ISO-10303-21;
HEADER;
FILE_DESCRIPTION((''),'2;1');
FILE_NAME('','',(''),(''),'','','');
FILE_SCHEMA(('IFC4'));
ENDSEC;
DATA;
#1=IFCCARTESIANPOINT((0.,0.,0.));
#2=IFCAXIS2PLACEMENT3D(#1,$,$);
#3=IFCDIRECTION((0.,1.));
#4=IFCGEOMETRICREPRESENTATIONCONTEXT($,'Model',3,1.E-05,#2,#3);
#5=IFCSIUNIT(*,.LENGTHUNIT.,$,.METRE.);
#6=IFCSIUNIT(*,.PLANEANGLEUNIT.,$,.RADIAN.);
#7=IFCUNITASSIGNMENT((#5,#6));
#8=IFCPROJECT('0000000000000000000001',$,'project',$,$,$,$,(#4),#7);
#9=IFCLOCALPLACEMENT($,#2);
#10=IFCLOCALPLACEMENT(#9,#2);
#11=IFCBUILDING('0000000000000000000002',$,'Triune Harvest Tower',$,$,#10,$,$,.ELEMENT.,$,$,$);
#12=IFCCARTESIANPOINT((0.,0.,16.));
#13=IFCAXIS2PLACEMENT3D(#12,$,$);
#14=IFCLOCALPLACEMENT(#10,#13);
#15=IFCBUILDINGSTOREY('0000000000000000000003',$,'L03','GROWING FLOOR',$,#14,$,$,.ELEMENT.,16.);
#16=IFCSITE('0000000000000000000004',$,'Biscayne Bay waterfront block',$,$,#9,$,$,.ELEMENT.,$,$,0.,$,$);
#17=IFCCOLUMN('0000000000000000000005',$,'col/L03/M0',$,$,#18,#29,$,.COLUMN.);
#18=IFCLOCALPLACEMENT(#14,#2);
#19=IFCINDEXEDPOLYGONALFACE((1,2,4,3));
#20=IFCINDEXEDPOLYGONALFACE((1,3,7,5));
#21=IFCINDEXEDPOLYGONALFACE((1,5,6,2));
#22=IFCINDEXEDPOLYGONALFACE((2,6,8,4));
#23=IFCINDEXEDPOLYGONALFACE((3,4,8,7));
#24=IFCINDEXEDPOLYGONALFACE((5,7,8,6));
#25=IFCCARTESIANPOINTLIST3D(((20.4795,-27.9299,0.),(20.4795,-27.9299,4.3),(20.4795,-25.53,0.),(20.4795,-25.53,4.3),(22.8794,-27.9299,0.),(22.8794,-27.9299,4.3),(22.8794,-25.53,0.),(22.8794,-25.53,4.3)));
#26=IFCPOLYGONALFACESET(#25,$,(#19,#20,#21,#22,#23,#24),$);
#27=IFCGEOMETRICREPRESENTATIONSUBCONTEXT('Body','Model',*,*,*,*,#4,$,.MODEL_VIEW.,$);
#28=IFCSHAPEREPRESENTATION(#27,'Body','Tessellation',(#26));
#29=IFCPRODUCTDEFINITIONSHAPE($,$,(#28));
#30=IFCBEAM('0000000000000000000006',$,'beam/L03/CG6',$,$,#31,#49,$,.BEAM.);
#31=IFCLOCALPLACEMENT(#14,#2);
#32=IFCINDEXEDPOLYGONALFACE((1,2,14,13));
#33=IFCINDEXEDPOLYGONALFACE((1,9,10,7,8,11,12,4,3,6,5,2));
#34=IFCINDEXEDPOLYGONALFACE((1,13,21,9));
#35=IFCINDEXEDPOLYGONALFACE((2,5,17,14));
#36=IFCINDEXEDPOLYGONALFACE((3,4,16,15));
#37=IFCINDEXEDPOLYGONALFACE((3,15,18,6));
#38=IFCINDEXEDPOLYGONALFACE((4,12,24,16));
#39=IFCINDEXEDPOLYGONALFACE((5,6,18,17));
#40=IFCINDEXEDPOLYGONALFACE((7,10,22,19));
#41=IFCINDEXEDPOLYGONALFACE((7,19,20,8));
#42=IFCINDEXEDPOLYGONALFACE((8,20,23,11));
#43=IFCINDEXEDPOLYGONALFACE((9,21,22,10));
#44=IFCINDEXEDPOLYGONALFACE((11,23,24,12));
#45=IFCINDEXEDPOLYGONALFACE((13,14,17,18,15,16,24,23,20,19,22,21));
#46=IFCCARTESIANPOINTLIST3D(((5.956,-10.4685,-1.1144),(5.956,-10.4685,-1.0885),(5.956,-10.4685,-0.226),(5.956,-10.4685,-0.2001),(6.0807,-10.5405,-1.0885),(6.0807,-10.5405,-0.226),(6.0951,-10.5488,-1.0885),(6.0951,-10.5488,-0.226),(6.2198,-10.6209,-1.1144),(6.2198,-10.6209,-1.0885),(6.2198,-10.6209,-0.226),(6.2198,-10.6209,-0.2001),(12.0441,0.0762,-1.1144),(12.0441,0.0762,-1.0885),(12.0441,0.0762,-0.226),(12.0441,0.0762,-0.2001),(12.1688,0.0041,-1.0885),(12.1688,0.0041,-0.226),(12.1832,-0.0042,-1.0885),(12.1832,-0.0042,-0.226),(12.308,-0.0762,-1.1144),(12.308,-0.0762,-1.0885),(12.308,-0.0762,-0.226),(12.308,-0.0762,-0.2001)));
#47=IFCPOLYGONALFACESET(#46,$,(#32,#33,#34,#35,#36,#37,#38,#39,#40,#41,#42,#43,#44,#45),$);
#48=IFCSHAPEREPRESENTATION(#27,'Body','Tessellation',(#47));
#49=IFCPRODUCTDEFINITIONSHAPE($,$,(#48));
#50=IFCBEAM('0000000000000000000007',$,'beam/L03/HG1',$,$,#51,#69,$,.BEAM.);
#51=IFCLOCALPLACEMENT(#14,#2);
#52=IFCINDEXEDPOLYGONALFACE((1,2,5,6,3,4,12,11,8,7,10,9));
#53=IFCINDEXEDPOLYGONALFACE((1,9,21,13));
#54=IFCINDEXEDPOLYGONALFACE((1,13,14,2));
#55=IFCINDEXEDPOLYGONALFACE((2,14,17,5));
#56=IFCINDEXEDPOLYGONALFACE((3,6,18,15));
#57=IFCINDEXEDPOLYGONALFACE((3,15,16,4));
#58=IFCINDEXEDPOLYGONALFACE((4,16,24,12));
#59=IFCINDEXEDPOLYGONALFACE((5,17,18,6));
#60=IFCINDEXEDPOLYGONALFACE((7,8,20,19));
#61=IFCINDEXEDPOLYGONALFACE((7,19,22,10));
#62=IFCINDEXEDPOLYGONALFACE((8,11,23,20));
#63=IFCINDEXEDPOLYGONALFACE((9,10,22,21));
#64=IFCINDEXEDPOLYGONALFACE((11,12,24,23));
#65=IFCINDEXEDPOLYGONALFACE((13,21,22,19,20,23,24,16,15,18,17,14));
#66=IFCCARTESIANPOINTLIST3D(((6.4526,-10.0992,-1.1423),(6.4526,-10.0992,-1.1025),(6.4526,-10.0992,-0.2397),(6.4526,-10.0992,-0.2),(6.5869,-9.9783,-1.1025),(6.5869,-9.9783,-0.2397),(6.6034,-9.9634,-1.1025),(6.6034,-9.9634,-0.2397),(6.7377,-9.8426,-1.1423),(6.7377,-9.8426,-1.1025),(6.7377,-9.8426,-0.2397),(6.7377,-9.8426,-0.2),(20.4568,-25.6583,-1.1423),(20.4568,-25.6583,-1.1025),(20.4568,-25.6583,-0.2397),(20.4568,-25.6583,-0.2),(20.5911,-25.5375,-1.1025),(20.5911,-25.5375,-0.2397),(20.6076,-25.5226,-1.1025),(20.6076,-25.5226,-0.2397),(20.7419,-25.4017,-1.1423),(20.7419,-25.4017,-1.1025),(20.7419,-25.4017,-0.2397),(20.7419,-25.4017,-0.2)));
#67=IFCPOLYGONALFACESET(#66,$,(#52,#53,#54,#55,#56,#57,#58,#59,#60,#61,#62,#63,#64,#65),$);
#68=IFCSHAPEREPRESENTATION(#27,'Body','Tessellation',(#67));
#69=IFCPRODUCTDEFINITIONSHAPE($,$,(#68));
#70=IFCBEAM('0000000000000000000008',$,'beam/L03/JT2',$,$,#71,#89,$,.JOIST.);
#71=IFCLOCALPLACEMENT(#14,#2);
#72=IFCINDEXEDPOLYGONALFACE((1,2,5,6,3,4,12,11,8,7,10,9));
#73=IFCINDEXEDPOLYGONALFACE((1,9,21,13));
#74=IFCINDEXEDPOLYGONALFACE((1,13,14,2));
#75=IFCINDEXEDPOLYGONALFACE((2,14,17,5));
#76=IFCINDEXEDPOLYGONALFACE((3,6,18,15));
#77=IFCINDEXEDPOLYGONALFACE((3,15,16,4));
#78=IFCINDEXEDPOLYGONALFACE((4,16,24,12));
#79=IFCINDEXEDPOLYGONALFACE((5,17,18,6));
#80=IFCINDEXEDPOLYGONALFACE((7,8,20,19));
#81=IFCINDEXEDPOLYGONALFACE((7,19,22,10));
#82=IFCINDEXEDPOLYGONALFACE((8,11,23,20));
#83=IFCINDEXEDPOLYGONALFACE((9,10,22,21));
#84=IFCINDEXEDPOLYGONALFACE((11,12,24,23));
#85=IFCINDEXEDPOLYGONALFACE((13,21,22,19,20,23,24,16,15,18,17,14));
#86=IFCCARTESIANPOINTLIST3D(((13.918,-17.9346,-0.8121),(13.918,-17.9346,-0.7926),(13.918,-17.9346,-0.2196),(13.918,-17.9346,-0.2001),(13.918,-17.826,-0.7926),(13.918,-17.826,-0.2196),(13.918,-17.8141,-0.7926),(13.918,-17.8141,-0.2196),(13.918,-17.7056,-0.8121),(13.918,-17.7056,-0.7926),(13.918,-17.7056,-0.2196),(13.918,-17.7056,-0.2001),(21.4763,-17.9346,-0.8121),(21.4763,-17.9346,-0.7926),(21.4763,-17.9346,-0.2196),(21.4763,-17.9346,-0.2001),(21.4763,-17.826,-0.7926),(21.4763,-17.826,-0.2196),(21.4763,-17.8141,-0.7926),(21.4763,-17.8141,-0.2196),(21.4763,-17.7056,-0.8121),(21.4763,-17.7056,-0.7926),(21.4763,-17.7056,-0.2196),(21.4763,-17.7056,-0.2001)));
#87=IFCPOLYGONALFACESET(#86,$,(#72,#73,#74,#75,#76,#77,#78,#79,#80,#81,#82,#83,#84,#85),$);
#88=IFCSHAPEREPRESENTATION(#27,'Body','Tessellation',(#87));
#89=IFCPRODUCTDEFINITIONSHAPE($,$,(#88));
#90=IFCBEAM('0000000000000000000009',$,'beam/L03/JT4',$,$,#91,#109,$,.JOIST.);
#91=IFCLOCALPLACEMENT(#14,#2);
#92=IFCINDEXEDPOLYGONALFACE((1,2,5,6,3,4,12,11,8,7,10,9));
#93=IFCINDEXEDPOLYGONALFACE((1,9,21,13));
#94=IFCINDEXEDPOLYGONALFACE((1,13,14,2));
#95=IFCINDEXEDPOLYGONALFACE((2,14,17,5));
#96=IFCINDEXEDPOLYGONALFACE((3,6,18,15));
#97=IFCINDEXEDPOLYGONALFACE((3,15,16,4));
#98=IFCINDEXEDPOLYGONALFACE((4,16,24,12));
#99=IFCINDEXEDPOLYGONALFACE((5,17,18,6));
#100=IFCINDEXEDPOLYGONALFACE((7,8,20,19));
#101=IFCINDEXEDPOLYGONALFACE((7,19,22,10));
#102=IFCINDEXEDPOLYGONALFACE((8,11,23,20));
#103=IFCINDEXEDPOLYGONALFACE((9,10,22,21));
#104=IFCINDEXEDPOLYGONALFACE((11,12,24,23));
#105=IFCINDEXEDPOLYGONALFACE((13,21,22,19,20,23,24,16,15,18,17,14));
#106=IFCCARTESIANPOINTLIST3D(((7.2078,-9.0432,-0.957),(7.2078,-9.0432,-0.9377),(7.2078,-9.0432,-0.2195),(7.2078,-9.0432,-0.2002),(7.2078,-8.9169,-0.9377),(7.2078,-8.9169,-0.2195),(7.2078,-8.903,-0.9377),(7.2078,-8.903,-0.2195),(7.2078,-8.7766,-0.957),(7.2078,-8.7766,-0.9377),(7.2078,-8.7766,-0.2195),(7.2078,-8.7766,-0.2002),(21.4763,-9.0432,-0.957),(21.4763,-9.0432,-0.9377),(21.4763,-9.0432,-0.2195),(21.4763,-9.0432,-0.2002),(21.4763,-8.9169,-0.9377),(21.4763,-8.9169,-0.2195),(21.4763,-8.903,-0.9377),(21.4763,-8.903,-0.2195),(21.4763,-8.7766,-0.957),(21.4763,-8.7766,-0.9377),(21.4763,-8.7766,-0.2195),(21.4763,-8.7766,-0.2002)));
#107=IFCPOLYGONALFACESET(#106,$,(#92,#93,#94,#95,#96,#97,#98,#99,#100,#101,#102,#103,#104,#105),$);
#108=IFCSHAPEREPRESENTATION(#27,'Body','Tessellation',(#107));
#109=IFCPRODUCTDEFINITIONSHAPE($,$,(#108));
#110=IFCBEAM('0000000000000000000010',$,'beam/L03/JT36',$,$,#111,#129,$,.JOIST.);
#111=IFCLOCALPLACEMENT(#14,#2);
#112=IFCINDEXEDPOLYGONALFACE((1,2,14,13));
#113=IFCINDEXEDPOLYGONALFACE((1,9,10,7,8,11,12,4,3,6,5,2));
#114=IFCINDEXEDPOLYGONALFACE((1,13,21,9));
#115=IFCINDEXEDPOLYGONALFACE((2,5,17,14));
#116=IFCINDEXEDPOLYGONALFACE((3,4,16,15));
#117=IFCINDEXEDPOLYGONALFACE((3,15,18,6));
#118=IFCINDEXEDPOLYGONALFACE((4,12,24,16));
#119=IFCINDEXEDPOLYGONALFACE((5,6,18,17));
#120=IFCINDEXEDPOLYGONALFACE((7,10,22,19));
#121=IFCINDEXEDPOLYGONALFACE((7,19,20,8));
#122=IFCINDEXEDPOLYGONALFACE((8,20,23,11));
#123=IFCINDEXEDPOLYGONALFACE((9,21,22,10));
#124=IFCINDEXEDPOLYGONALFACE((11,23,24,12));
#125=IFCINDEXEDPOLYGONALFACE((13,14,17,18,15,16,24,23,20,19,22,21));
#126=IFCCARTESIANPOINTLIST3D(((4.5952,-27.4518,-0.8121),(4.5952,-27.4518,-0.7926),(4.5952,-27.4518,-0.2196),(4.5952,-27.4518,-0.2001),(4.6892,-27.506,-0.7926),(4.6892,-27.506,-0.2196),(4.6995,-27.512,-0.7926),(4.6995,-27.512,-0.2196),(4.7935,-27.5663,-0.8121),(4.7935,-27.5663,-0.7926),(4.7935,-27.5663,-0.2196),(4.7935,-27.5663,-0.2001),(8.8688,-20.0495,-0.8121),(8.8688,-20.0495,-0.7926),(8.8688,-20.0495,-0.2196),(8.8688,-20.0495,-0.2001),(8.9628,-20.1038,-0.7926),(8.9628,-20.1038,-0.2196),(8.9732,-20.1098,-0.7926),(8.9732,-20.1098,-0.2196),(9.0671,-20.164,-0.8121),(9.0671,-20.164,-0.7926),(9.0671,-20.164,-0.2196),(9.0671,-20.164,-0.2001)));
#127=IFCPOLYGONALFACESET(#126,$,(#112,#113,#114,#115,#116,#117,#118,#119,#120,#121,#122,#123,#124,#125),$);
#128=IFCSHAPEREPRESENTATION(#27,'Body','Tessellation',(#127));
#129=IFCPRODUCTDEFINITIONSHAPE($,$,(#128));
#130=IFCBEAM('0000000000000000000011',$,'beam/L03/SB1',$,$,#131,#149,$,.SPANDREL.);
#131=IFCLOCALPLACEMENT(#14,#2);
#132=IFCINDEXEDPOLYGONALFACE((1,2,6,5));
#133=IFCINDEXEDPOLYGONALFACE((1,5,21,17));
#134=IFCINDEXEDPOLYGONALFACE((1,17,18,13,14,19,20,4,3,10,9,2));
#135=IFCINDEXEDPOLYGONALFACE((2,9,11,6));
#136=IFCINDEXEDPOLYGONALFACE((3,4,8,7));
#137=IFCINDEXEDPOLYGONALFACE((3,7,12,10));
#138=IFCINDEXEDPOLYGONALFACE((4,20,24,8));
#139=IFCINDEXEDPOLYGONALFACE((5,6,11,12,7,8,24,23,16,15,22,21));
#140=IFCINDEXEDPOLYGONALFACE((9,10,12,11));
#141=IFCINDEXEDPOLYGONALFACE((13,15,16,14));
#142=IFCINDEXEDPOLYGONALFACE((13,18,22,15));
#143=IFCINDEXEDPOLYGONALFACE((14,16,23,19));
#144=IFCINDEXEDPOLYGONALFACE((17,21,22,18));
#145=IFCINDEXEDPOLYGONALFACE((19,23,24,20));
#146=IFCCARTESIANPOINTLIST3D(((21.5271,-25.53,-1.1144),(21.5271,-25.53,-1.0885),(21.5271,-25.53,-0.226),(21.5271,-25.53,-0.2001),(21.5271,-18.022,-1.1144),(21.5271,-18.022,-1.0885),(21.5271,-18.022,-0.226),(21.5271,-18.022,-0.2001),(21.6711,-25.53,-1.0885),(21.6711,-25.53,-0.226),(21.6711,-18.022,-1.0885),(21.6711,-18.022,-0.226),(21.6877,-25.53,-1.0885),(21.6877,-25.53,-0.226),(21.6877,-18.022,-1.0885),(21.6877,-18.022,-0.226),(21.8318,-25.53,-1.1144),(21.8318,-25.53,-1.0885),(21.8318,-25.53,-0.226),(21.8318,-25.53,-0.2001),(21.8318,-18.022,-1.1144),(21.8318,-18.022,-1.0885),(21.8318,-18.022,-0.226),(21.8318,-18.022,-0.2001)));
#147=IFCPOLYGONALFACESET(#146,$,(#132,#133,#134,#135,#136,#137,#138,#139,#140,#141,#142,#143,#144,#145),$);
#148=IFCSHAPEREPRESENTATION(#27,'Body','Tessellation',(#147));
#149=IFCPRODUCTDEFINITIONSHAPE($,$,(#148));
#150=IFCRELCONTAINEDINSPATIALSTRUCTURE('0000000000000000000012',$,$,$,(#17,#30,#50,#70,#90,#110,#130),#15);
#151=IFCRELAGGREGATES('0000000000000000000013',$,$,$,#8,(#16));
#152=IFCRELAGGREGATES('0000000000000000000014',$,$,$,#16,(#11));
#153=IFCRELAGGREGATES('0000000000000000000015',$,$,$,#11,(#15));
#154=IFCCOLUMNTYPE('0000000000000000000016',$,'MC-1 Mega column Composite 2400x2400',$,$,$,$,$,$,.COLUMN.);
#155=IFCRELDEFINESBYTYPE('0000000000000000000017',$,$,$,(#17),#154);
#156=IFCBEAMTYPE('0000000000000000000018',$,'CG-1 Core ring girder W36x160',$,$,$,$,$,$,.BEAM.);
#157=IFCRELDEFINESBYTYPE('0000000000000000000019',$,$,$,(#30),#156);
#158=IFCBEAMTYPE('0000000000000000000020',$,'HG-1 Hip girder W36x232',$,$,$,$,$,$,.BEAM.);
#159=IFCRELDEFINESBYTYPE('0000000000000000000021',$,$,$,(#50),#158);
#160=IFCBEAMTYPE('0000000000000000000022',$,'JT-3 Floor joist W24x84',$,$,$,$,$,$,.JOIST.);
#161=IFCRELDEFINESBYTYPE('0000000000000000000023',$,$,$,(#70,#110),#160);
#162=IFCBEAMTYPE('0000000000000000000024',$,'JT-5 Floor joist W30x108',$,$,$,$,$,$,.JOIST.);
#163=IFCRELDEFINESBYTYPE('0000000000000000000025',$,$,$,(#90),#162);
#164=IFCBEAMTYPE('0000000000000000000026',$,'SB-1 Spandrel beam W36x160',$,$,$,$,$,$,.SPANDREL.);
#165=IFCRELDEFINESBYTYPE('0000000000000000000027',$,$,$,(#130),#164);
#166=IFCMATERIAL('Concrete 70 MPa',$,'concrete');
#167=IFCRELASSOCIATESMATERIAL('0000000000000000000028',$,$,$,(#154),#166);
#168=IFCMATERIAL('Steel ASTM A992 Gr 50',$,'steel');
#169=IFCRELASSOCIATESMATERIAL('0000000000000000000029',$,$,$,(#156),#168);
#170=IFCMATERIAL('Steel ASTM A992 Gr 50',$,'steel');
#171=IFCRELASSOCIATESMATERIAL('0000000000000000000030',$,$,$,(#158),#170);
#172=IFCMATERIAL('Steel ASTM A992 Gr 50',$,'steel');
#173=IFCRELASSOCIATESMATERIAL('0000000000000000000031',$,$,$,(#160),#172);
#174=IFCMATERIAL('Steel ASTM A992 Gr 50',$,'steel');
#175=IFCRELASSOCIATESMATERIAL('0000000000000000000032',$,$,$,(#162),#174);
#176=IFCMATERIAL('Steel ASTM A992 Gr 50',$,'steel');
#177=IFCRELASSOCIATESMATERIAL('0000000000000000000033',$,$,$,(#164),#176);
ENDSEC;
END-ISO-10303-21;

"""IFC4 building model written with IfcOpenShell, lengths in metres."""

from ifc_helpers import new_model, si_unit, direction, frame, origin, origin_2d, place, context, subcontext, project, spatial, rectangle, i_section, extrude, source, transform, mapped, material, material_profile, profile_set, type_object, element, save


model = new_model("IFC4")

# Units and contexts
model_context = context("Model", 3, precision=1e-05, world=origin(), true_north=direction((0.0, 1.0)))
body_context = subcontext(model_context, "Body", "Model", "MODEL_VIEW")
ifc_project = project(units=[si_unit("LENGTHUNIT", "METRE"), si_unit("PLANEANGLEUNIT", "RADIAN")], contexts=[model_context])

# Site, building, storey
site_placement = place(None, origin())
site = spatial("IfcSite", under=ifc_project, at=site_placement, Name="Biscayne Bay waterfront block", CompositionType="ELEMENT", RefElevation=0.0)
building_placement = place(site_placement, origin())
building = spatial("IfcBuilding", under=site, at=building_placement, Name="Triune Harvest Tower", CompositionType="ELEMENT")
storey_placement = place(building_placement, frame((0.0, 0.0, 16.0)))
storey = spatial("IfcBuildingStorey", under=building, at=storey_placement, Name="L03", Description="GROWING FLOOR", CompositionType="ELEMENT", Elevation=16.0)

# Column
ifc_material_1 = material(Name="Concrete 70 MPa", Category="concrete")
ifc_material_profile_1 = material_profile(ifc_material_1, rectangle(XDim=2.3999, YDim=2.3999, at=origin_2d()), Name="Composite 2400x2400")
ifc_profile_set_1 = profile_set([ifc_material_profile_1], Name="Concrete 70 MPa")
column_type = type_object("IfcColumnType", Name="MC-1 Mega column Composite 2400x2400", PredefinedType="COLUMN", material=ifc_profile_set_1)
shared_shape_1 = source(origin(), body_context, "Body", "SweptSolid", [
    extrude(rectangle(XDim=2.3999, YDim=2.3999, at=origin_2d()), origin(), (0.0, 0.0, 1.0), 4.3),
])
column_placement = place(storey_placement, frame((21.6794, -26.73, 0.0), z_axis=(0.0, 0.0, 1.0), x_axis=(0.0, 1.0, 0.0)))
element("IfcColumn", 1, at=column_placement, inside=storey, type_object=column_type, Name="col/L03/M0", PredefinedType="COLUMN", context=body_context, shape_type="MappedRepresentation", body=[
    mapped(shared_shape_1, transform((0.0, 0.0, 0.0), scale=1.0)),
])

# Beams
ifc_material_2 = material(Name="Steel ASTM A992 Gr 50", Category="steel")
ifc_material_profile_2 = material_profile(ifc_material_2, i_section(OverallWidth=0.3047, OverallDepth=0.9143, WebThickness=0.0166, FlangeThickness=0.0259, at=origin_2d()), Name="W36x160")
ifc_profile_set_2 = profile_set([ifc_material_profile_2], Name="Steel ASTM A992 Gr 50")
beam_type_1 = type_object("IfcBeamType", Name="CG-1 Core ring girder W36x160", PredefinedType="BEAM", material=ifc_profile_set_2)
shared_shape_2 = source(origin(), body_context, "Body", "SweptSolid", [
    extrude(i_section(OverallWidth=0.3047, OverallDepth=0.9143, WebThickness=0.0166, FlangeThickness=0.0259, at=origin_2d()), origin(), (0.0, 0.0, 1.0), 12.176),
])
beam_1_placement = place(storey_placement, frame((6.0879, -10.5447, -0.6572), z_axis=(0.50001, 0.86602, 0.0), x_axis=(-0.86602, 0.50001, 0.0)))
element("IfcBeam", 2, at=beam_1_placement, inside=storey, type_object=beam_type_1, Name="beam/L03/CG6", PredefinedType="BEAM", context=body_context, shape_type="MappedRepresentation", body=[
    mapped(shared_shape_2, transform((0.0, 0.0, 0.0), scale=1.0)),
])
ifc_material_3 = material(Name="Steel ASTM A992 Gr 50", Category="steel")
ifc_material_profile_3 = material_profile(ifc_material_3, i_section(OverallWidth=0.3835, OverallDepth=0.9424, WebThickness=0.0222, FlangeThickness=0.0398, at=origin_2d()), Name="W36x232")
ifc_profile_set_3 = profile_set([ifc_material_profile_3], Name="Steel ASTM A992 Gr 50")
beam_type_2 = type_object("IfcBeamType", Name="HG-1 Hip girder W36x232", PredefinedType="BEAM", material=ifc_profile_set_3)
shared_shape_3 = source(origin(), body_context, "Body", "SweptSolid", [
    extrude(i_section(OverallWidth=0.3835, OverallDepth=0.9424, WebThickness=0.0222, FlangeThickness=0.0398, at=origin_2d()), origin(), (0.0, 0.0, 1.0), 20.9333),
])
beam_2_placement = place(storey_placement, frame((20.5994, -25.53, -0.6711), z_axis=(-0.668991, 0.743271, 0.0), x_axis=(-0.743271, -0.668991, 0.0)))
element("IfcBeam", 3, at=beam_2_placement, inside=storey, type_object=beam_type_2, Name="beam/L03/HG1", PredefinedType="BEAM", context=body_context, shape_type="MappedRepresentation", body=[
    mapped(shared_shape_3, transform((0.0, 0.0, 0.0), scale=1.0)),
])
ifc_material_4 = material(Name="Steel ASTM A992 Gr 50", Category="steel")
ifc_material_profile_4 = material_profile(ifc_material_4, i_section(OverallWidth=0.229, OverallDepth=0.6121, WebThickness=0.012, FlangeThickness=0.0195, at=origin_2d()), Name="W24x84")
ifc_profile_set_4 = profile_set([ifc_material_profile_4], Name="Steel ASTM A992 Gr 50")
beam_type_3 = type_object("IfcBeamType", Name="JT-3 Floor joist W24x84", PredefinedType="JOIST", material=ifc_profile_set_4)
shared_shape_4 = source(origin(), body_context, "Body", "SweptSolid", [
    extrude(i_section(OverallWidth=0.229, OverallDepth=0.6121, WebThickness=0.012, FlangeThickness=0.0195, at=origin_2d()), origin(), (0.0, 0.0, 1.0), 7.5583),
])
beam_3_placement = place(storey_placement, frame((21.4763, -17.8201, -0.5061), z_axis=(-1.0, 0.0, 0.0), x_axis=(0.0, -1.0, 0.0)))
element("IfcBeam", 4, at=beam_3_placement, inside=storey, type_object=beam_type_3, Name="beam/L03/JT2", PredefinedType="JOIST", context=body_context, shape_type="MappedRepresentation", body=[
    mapped(shared_shape_4, transform((0.0, 0.0, 0.0), scale=1.0)),
])
ifc_material_5 = material(Name="Steel ASTM A992 Gr 50", Category="steel")
ifc_material_profile_5 = material_profile(ifc_material_5, i_section(OverallWidth=0.2666, OverallDepth=0.7568, WebThickness=0.0139, FlangeThickness=0.0193, at=origin_2d()), Name="W30x108")
ifc_profile_set_5 = profile_set([ifc_material_profile_5], Name="Steel ASTM A992 Gr 50")
beam_type_4 = type_object("IfcBeamType", Name="JT-5 Floor joist W30x108", PredefinedType="JOIST", material=ifc_profile_set_5)
shared_shape_5 = source(origin(), body_context, "Body", "SweptSolid", [
    extrude(i_section(OverallWidth=0.2666, OverallDepth=0.7568, WebThickness=0.0139, FlangeThickness=0.0193, at=origin_2d()), origin(), (0.0, 0.0, 1.0), 14.2686),
])
beam_4_placement = place(storey_placement, frame((21.4763, -8.9099, -0.5786), z_axis=(-1.0, 0.0, 0.0), x_axis=(0.0, -1.0, 0.0)))
element("IfcBeam", 5, at=beam_4_placement, inside=storey, type_object=beam_type_4, Name="beam/L03/JT4", PredefinedType="JOIST", context=body_context, shape_type="MappedRepresentation", body=[
    mapped(shared_shape_5, transform((0.0, 0.0, 0.0), scale=1.0)),
])
shared_shape_6 = source(origin(), body_context, "Body", "SweptSolid", [
    extrude(i_section(OverallWidth=0.229, OverallDepth=0.6121, WebThickness=0.012, FlangeThickness=0.0195, at=origin_2d()), origin(), (0.0, 0.0, 1.0), 8.5474),
])
beam_5_placement = place(storey_placement, frame((4.6943, -27.509, -0.5061), z_axis=(0.499994, 0.866029, 0.0), x_axis=(-0.866029, 0.499994, 0.0)))
element("IfcBeam", 6, at=beam_5_placement, inside=storey, type_object=beam_type_3, Name="beam/L03/JT36", PredefinedType="JOIST", context=body_context, shape_type="MappedRepresentation", body=[
    mapped(shared_shape_6, transform((0.0, 0.0, 0.0), scale=1.0)),
])
ifc_material_6 = material(Name="Steel ASTM A992 Gr 50", Category="steel")
ifc_material_profile_6 = material_profile(ifc_material_6, i_section(OverallWidth=0.3047, OverallDepth=0.9143, WebThickness=0.0166, FlangeThickness=0.0259, at=origin_2d()), Name="W36x160")
ifc_profile_set_6 = profile_set([ifc_material_profile_6], Name="Steel ASTM A992 Gr 50")
beam_type_5 = type_object("IfcBeamType", Name="SB-1 Spandrel beam W36x160", PredefinedType="SPANDREL", material=ifc_profile_set_6)
shared_shape_7 = source(origin(), body_context, "Body", "SweptSolid", [
    extrude(i_section(OverallWidth=0.3047, OverallDepth=0.9143, WebThickness=0.0166, FlangeThickness=0.0259, at=origin_2d()), origin(), (0.0, 0.0, 1.0), 7.5081),
])
beam_6_placement = place(storey_placement, frame((21.6794, -25.53, -0.6572), z_axis=(0.0, 1.0, 0.0), x_axis=(-1.0, 0.0, 0.0)))
element("IfcBeam", 7, at=beam_6_placement, inside=storey, type_object=beam_type_5, Name="beam/L03/SB1", PredefinedType="SPANDREL", context=body_context, shape_type="MappedRepresentation", body=[
    mapped(shared_shape_7, transform((0.0, 0.0, 0.0), scale=1.0)),
])

save(model, "model.ifc")
